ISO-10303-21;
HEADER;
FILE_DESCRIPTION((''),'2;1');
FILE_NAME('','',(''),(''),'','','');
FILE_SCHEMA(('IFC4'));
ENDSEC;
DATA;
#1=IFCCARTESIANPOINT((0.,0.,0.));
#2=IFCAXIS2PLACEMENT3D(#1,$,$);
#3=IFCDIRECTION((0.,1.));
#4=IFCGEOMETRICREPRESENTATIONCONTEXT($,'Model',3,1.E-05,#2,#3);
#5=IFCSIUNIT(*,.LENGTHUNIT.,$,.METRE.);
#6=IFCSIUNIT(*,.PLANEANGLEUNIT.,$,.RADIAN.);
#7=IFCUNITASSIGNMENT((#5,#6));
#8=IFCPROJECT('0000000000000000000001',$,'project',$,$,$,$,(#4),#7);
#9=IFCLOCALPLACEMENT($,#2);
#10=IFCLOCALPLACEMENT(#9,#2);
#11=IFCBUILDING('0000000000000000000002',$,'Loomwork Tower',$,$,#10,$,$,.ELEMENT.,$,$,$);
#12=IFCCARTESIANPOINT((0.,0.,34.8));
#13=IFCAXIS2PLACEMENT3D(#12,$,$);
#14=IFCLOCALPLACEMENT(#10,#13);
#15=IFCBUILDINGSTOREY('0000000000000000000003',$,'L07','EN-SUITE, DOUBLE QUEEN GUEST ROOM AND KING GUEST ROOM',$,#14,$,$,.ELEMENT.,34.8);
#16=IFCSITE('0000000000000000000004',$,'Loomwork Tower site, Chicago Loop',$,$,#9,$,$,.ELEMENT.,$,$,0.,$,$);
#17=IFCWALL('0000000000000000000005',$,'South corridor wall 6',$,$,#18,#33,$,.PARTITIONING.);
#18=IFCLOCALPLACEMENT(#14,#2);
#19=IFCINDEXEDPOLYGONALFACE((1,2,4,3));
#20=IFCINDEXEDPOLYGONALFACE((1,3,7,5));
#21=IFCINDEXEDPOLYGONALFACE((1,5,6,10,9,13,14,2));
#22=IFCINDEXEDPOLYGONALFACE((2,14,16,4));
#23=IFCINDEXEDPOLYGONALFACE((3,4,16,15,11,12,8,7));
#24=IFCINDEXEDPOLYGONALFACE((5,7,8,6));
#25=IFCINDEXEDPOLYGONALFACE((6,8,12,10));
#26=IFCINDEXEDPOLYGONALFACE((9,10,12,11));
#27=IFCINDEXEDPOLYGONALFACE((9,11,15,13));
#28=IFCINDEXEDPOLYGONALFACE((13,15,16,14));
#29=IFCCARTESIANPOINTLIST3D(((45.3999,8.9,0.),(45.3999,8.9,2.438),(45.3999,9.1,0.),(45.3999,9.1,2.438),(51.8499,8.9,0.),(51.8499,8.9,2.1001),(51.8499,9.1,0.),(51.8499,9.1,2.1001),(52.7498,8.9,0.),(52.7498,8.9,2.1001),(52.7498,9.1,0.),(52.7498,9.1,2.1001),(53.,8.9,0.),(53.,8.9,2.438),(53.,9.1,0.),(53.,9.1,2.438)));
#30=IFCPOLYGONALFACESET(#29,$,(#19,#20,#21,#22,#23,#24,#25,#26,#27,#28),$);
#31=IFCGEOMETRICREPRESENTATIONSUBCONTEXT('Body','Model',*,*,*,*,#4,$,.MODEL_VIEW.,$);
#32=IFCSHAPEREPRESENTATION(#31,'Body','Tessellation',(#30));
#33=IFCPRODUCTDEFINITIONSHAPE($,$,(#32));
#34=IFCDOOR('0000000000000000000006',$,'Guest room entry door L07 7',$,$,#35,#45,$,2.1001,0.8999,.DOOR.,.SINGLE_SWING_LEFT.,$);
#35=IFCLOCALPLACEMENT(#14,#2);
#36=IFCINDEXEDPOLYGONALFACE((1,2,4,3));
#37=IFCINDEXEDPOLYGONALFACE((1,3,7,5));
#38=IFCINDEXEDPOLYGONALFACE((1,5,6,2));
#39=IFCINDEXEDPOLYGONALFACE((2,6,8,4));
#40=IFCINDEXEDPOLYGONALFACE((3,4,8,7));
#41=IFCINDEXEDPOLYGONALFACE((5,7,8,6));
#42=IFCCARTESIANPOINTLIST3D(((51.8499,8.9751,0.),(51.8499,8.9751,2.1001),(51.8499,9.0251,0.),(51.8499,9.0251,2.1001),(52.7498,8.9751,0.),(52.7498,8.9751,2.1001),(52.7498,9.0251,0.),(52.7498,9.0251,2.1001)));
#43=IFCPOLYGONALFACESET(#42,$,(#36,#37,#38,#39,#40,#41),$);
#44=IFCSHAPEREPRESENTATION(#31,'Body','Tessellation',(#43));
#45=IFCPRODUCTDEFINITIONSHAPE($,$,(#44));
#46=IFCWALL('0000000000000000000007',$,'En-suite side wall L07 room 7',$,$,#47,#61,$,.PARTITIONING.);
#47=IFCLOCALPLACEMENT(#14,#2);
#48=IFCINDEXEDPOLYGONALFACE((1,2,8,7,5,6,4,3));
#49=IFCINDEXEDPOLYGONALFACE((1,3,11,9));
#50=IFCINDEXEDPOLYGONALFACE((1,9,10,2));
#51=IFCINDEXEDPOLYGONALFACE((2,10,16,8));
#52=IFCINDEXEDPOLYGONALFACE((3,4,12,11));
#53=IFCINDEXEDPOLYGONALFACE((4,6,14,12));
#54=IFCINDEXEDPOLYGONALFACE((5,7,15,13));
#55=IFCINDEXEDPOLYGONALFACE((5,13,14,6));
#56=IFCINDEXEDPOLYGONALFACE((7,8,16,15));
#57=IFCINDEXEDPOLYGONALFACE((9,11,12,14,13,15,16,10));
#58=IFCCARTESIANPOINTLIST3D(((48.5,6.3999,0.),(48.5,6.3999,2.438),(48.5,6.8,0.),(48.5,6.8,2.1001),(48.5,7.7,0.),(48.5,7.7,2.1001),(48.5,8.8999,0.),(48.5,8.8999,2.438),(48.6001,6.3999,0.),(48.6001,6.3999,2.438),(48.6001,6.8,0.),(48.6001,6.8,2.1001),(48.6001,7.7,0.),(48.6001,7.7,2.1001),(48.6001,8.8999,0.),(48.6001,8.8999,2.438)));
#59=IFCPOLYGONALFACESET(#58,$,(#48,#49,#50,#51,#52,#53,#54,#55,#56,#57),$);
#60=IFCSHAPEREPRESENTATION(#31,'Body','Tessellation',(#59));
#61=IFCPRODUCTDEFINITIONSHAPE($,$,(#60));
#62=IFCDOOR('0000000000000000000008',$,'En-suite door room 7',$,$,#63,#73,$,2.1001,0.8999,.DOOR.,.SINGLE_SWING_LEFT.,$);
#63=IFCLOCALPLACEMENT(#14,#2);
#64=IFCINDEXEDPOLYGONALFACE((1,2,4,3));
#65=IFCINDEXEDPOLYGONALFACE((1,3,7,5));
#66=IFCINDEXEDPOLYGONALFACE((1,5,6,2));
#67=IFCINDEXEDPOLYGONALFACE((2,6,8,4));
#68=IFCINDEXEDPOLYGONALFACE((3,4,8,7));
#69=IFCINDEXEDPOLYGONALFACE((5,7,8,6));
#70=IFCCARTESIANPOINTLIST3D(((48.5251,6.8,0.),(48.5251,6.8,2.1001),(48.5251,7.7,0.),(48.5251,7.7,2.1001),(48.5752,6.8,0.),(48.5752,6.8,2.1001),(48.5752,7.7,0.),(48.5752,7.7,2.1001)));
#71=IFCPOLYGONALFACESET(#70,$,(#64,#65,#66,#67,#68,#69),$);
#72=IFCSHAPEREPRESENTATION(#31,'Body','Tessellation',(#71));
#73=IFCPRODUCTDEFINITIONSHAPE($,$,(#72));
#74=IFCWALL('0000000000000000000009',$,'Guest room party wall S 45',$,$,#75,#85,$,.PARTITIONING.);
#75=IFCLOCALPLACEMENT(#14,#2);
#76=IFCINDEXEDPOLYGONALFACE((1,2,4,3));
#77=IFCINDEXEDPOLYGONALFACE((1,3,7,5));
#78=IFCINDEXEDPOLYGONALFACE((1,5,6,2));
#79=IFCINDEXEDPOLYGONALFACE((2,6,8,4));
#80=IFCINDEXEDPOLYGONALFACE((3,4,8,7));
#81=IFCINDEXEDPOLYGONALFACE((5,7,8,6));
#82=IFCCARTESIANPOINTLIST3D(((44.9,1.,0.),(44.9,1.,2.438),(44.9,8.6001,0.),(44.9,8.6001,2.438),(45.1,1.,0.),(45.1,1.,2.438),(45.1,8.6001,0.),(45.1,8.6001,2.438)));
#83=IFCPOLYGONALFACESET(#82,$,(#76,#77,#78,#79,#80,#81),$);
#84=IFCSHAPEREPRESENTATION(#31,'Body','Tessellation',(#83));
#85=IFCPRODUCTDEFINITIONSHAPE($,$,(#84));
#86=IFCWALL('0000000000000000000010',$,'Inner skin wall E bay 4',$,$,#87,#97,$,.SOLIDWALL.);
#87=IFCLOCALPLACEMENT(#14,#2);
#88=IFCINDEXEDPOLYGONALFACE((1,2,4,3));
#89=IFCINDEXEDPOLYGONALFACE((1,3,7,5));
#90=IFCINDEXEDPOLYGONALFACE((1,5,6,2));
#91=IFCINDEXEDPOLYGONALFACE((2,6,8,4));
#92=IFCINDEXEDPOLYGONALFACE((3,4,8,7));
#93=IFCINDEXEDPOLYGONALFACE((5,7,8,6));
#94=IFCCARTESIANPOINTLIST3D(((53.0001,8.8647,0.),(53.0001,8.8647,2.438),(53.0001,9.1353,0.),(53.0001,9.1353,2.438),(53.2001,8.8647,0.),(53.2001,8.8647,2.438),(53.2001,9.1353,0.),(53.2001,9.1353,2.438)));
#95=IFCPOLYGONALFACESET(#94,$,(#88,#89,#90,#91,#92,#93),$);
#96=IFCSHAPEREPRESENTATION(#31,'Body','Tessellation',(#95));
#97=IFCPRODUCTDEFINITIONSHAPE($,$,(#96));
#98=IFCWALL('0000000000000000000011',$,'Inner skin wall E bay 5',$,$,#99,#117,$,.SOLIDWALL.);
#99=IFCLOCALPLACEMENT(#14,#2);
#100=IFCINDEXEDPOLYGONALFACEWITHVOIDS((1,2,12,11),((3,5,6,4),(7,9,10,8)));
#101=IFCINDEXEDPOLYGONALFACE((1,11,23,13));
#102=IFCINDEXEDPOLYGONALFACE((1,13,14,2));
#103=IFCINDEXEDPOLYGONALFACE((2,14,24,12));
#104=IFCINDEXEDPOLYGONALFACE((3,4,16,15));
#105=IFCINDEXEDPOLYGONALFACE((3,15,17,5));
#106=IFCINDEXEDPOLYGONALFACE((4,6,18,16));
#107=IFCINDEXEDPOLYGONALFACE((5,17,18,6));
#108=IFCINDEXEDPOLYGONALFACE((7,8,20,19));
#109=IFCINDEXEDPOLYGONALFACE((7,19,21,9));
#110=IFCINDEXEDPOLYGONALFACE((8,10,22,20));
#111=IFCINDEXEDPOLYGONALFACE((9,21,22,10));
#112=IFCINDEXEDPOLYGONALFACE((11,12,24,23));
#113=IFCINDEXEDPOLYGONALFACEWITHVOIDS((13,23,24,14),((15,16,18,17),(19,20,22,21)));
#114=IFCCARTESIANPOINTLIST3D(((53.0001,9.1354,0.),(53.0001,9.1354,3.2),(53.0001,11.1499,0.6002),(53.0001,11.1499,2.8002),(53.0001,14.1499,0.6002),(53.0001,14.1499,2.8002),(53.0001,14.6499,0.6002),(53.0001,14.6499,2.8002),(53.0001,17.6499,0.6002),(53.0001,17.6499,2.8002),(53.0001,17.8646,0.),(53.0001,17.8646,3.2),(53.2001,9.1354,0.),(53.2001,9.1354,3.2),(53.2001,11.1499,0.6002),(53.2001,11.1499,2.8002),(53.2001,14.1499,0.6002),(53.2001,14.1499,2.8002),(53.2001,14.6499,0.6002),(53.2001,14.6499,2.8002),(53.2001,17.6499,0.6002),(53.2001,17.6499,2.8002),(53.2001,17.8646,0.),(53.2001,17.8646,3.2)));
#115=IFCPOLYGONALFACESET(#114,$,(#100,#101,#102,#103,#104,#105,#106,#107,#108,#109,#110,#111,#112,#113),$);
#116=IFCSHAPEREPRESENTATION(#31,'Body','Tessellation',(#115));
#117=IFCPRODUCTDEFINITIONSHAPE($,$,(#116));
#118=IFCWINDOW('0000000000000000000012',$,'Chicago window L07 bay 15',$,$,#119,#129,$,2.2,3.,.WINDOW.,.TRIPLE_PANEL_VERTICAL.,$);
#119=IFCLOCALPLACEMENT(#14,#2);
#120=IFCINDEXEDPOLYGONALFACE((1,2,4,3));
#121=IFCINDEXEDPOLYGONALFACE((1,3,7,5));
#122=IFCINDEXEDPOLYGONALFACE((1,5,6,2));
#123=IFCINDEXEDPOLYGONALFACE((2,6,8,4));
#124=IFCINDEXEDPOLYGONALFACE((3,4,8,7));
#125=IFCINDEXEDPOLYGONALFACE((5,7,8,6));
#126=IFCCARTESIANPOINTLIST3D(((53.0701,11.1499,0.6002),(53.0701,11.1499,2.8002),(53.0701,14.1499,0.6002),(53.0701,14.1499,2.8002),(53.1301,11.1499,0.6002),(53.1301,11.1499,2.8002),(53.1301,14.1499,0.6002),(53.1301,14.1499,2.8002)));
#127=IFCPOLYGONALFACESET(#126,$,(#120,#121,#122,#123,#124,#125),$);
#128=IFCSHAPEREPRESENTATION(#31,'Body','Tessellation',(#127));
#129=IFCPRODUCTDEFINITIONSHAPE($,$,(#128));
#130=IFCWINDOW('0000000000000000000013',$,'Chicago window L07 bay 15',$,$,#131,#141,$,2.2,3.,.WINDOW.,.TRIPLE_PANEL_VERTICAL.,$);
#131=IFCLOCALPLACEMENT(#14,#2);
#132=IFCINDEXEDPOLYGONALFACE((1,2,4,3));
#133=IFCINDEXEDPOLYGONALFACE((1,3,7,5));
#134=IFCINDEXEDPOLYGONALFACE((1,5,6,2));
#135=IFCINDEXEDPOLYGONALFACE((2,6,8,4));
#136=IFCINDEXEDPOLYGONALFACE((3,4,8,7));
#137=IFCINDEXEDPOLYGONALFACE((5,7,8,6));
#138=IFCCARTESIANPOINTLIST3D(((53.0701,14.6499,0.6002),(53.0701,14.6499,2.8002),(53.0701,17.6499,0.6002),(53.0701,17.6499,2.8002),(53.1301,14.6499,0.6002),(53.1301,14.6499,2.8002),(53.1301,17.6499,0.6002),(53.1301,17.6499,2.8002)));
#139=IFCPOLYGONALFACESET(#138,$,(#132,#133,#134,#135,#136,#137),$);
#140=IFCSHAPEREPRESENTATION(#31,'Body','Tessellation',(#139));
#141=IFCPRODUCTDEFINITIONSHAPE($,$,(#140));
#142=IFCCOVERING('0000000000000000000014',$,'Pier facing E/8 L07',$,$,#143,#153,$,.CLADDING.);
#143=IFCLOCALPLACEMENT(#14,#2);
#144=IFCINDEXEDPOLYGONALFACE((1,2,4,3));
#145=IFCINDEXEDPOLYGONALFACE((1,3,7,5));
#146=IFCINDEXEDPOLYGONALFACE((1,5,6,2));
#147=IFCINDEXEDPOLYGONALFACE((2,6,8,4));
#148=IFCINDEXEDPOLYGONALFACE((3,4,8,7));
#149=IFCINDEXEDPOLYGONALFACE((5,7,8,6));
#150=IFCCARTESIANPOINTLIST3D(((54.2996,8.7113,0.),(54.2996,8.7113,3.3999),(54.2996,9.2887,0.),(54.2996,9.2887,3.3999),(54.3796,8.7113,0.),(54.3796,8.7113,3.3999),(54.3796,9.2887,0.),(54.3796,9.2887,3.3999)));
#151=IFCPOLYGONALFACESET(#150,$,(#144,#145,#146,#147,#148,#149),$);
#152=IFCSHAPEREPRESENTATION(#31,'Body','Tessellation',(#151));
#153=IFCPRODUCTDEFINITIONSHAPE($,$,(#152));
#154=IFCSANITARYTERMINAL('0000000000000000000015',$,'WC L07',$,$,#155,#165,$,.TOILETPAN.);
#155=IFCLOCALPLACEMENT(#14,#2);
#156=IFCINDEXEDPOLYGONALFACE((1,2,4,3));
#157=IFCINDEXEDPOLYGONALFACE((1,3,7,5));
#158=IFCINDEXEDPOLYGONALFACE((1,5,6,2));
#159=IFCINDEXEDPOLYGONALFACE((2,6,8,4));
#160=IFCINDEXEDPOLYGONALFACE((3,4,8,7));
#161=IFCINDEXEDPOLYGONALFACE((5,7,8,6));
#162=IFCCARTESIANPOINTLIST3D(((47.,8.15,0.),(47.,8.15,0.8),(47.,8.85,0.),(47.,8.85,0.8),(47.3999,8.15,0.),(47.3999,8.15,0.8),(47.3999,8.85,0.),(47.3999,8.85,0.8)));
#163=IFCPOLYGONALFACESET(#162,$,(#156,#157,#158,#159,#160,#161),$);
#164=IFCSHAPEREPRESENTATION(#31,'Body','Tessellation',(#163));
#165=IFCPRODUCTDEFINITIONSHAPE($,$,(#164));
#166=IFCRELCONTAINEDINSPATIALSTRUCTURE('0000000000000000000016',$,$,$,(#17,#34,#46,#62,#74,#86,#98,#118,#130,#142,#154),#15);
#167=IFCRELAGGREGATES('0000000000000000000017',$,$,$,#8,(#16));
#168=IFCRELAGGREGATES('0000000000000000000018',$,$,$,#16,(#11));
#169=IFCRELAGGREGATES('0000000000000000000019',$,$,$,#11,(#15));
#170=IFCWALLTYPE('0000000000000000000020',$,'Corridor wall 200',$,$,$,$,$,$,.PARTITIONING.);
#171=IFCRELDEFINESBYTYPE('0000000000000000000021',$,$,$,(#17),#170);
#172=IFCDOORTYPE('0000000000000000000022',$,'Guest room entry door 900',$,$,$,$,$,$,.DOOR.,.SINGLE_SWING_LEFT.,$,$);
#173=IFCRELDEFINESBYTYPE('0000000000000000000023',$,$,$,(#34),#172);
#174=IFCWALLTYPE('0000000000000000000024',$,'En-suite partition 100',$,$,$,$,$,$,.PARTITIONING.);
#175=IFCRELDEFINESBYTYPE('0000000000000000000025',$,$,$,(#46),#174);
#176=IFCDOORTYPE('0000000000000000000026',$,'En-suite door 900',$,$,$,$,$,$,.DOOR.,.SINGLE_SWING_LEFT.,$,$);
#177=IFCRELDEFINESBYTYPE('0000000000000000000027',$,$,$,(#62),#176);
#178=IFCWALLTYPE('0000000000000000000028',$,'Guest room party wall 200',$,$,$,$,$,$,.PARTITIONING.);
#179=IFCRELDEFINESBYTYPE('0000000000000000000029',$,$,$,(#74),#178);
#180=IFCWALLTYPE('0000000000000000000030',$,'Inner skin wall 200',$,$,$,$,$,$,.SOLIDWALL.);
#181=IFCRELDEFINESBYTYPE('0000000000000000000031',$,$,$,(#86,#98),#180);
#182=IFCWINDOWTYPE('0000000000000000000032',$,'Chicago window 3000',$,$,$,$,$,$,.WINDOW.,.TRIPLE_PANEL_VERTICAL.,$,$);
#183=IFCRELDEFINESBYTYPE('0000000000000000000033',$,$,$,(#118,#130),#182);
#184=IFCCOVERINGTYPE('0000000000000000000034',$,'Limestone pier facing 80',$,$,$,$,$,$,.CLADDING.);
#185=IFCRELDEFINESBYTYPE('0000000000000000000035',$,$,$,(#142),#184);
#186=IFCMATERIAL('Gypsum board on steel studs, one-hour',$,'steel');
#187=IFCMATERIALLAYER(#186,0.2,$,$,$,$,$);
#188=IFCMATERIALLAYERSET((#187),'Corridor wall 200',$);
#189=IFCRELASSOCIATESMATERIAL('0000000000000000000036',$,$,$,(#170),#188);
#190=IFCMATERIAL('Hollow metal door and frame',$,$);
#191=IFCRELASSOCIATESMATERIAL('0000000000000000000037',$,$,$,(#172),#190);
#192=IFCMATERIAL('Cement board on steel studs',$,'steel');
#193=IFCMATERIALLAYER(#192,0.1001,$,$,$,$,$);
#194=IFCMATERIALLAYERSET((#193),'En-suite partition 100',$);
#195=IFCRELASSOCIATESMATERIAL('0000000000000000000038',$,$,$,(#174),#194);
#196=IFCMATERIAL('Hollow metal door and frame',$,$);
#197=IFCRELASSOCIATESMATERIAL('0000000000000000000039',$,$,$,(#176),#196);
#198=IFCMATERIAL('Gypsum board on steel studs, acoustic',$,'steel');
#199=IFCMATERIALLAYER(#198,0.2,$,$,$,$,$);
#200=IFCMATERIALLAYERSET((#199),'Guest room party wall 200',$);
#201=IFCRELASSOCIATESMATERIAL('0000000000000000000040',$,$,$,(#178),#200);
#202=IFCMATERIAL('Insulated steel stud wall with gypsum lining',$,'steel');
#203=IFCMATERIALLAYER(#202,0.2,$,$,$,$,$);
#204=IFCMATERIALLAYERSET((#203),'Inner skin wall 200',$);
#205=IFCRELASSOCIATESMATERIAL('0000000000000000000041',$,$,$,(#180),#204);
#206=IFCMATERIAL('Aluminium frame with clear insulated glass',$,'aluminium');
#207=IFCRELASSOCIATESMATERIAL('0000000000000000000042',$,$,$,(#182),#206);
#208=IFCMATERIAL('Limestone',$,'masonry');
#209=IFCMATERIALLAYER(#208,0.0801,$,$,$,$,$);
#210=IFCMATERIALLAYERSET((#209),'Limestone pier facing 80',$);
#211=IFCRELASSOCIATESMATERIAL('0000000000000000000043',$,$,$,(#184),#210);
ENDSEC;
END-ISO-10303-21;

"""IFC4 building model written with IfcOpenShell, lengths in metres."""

from ifc_helpers import new_model, si_unit, direction, frame, frame_2d, origin, origin_2d, place, context, subcontext, project, spatial, rectangle, extrude, material, layer, layer_set, type_object, element, fill, save


model = new_model("IFC4")

# Units and contexts
model_context = context("Model", 3, precision=1e-05, world=origin(), true_north=direction((0.0, 1.0)))
body_context = subcontext(model_context, "Body", "Model", "MODEL_VIEW")
ifc_project = project(units=[si_unit("LENGTHUNIT", "METRE"), si_unit("PLANEANGLEUNIT", "RADIAN")], contexts=[model_context])

# Site, building, storey
site_placement = place(None, origin())
site = spatial("IfcSite", under=ifc_project, at=site_placement, Name="Loomwork Tower site, Chicago Loop", CompositionType="ELEMENT", RefElevation=0.0)
building_placement = place(site_placement, origin())
building = spatial("IfcBuilding", under=site, at=building_placement, Name="Loomwork Tower", CompositionType="ELEMENT")
storey_placement = place(building_placement, frame((0.0, 0.0, 34.8)))
storey = spatial("IfcBuildingStorey", under=building, at=storey_placement, Name="L07", Description="EN-SUITE, DOUBLE QUEEN GUEST ROOM AND KING GUEST ROOM", CompositionType="ELEMENT", Elevation=34.8)

# Walls, openings, doors
ifc_material_1 = material(Name="Gypsum board on steel studs, one-hour", Category="steel")
ifc_layer_1 = layer(ifc_material_1, 0.2)
ifc_layer_set_1 = layer_set([ifc_layer_1], Name="Corridor wall 200")
wall_type_1 = type_object("IfcWallType", Name="Corridor wall 200", PredefinedType="PARTITIONING", material=ifc_layer_set_1)
wall_1_placement = place(storey_placement, frame((45.3999, 9.0, 0.0), z_axis=(0.0, 0.0, 1.0), x_axis=(1.0, 0.0, 0.0)))
wall_1 = element("IfcWall", 1, at=wall_1_placement, inside=storey, type_object=wall_type_1, Name="South corridor wall 6", PredefinedType="PARTITIONING", context=body_context, shape_type="SweptSolid", body=[
    extrude(rectangle(XDim=7.6001, YDim=0.2, at=frame_2d((3.8, 0.0))), origin(), (0.0, 0.0, 1.0), 2.438),
])
opening_1_placement = place(wall_1_placement, frame((6.45, 0.0, 0.0)))
opening_1 = element("IfcOpeningElement", 2, at=opening_1_placement, cuts=wall_1, PredefinedType="OPENING", context=body_context, shape_type="SweptSolid", body=[
    extrude(rectangle(XDim=0.8999, YDim=2.1001, at=frame_2d((0.45, 1.05))), frame((0.0, 0.1099, 0.0), z_axis=(0.0, -1.0, 0.0), x_axis=(1.0, 0.0, 0.0)), (0.0, 0.0, 1.0), 0.22),
])
ifc_material_2 = material(Name="Hollow metal door and frame")
door_type_1 = type_object("IfcDoorType", Name="Guest room entry door 900", OperationType="SINGLE_SWING_LEFT", PredefinedType="DOOR", material=ifc_material_2)
door_1_placement = place(opening_1_placement, frame((0.8999, 0.0, 0.0), z_axis=(0.0, 0.0, 1.0), x_axis=(-1.0, 0.0, 0.0)))
door_1 = element("IfcDoor", 3, at=door_1_placement, inside=storey, type_object=door_type_1, Name="Guest room entry door L07 7", OperationType="SINGLE_SWING_LEFT", OverallHeight=2.1001, OverallWidth=0.8999, PredefinedType="DOOR", context=body_context, shape_type="SweptSolid", body=[
    extrude(rectangle(XDim=0.8999, YDim=2.1001, at=frame_2d((0.45, 1.05))), frame((0.0, 0.0249, 0.0), z_axis=(0.0, -1.0, 0.0), x_axis=(1.0, 0.0, 0.0)), (0.0, 0.0, 1.0), 0.05),
])
fill(opening_1, door_1)
ifc_material_3 = material(Name="Cement board on steel studs", Category="steel")
ifc_layer_2 = layer(ifc_material_3, 0.1001)
ifc_layer_set_2 = layer_set([ifc_layer_2], Name="En-suite partition 100")
wall_type_2 = type_object("IfcWallType", Name="En-suite partition 100", PredefinedType="PARTITIONING", material=ifc_layer_set_2)
wall_2_placement = place(storey_placement, frame((48.55, 8.8999, 0.0), z_axis=(0.0, 0.0, 1.0), x_axis=(0.0, -1.0, 0.0)))
wall_2 = element("IfcWall", 4, at=wall_2_placement, inside=storey, type_object=wall_type_2, Name="En-suite side wall L07 room 7", PredefinedType="PARTITIONING", context=body_context, shape_type="SweptSolid", body=[
    extrude(rectangle(XDim=2.5, YDim=0.1001, at=frame_2d((1.25, 0.0))), origin(), (0.0, 0.0, 1.0), 2.438),
])
opening_2_placement = place(wall_2_placement, frame((1.2, 0.0, 0.0)))
opening_2 = element("IfcOpeningElement", 5, at=opening_2_placement, cuts=wall_2, PredefinedType="OPENING", context=body_context, shape_type="SweptSolid", body=[
    extrude(rectangle(XDim=0.8999, YDim=2.1001, at=frame_2d((0.45, 1.05))), frame((0.0, 0.0601, 0.0), z_axis=(0.0, -1.0, 0.0), x_axis=(1.0, 0.0, 0.0)), (0.0, 0.0, 1.0), 0.1201),
])
ifc_material_4 = material(Name="Hollow metal door and frame")
door_type_2 = type_object("IfcDoorType", Name="En-suite door 900", OperationType="SINGLE_SWING_LEFT", PredefinedType="DOOR", material=ifc_material_4)
door_2_placement = place(opening_2_placement, frame((0.8999, 0.0, 0.0), z_axis=(0.0, 0.0, 1.0), x_axis=(-1.0, 0.0, 0.0)))
door_2 = element("IfcDoor", 6, at=door_2_placement, inside=storey, type_object=door_type_2, Name="En-suite door room 7", OperationType="SINGLE_SWING_LEFT", OverallHeight=2.1001, OverallWidth=0.8999, PredefinedType="DOOR", context=body_context, shape_type="SweptSolid", body=[
    extrude(rectangle(XDim=0.8999, YDim=2.1001, at=frame_2d((0.45, 1.05))), frame((0.0, 0.0249, 0.0), z_axis=(0.0, -1.0, 0.0), x_axis=(1.0, 0.0, 0.0)), (0.0, 0.0, 1.0), 0.05),
])
fill(opening_2, door_2)

# Walls
ifc_material_5 = material(Name="Gypsum board on steel studs, acoustic", Category="steel")
ifc_layer_3 = layer(ifc_material_5, 0.2)
ifc_layer_set_3 = layer_set([ifc_layer_3], Name="Guest room party wall 200")
wall_type_3 = type_object("IfcWallType", Name="Guest room party wall 200", PredefinedType="PARTITIONING", material=ifc_layer_set_3)
wall_3_placement = place(storey_placement, frame((45.0, 8.6001, 0.0), z_axis=(0.0, 0.0, 1.0), x_axis=(0.0, -1.0, 0.0)))
element("IfcWall", 7, at=wall_3_placement, inside=storey, type_object=wall_type_3, Name="Guest room party wall S 45", PredefinedType="PARTITIONING", context=body_context, shape_type="SweptSolid", body=[
    extrude(rectangle(XDim=7.6001, YDim=0.2, at=frame_2d((3.8, 0.0))), origin(), (0.0, 0.0, 1.0), 2.438),
])
ifc_material_6 = material(Name="Insulated steel stud wall with gypsum lining", Category="steel")
ifc_layer_4 = layer(ifc_material_6, 0.2)
ifc_layer_set_4 = layer_set([ifc_layer_4], Name="Inner skin wall 200")
wall_type_4 = type_object("IfcWallType", Name="Inner skin wall 200", PredefinedType="SOLIDWALL", material=ifc_layer_set_4)
wall_4_placement = place(storey_placement, frame((53.1001, 8.8647, 0.0), z_axis=(0.0, 0.0, 1.0), x_axis=(0.0, 1.0, 0.0)))
element("IfcWall", 8, at=wall_4_placement, inside=storey, type_object=wall_type_4, Name="Inner skin wall E bay 4", PredefinedType="SOLIDWALL", context=body_context, shape_type="SweptSolid", body=[
    extrude(rectangle(XDim=0.2705, YDim=0.2, at=frame_2d((0.1353, 0.0))), origin(), (0.0, 0.0, 1.0), 2.438),
])

# Wall, openings, windows
wall_5_placement = place(storey_placement, frame((53.1001, 9.1353, 0.0), z_axis=(0.0, 0.0, 1.0), x_axis=(0.0, 1.0, 0.0)))
wall_5 = element("IfcWall", 9, at=wall_5_placement, inside=storey, type_object=wall_type_4, Name="Inner skin wall E bay 5", PredefinedType="SOLIDWALL", context=body_context, shape_type="SweptSolid", body=[
    extrude(rectangle(XDim=8.7292, YDim=0.2, at=frame_2d((4.3647, 0.0))), origin(), (0.0, 0.0, 1.0), 3.2),
])
opening_3_placement = place(wall_5_placement, frame((2.0146, 0.0, 0.6001)))
opening_3 = element("IfcOpeningElement", 10, at=opening_3_placement, cuts=wall_5, PredefinedType="OPENING", context=body_context, shape_type="SweptSolid", body=[
    extrude(rectangle(XDim=3.0, YDim=2.2, at=frame_2d((1.5, 1.1001))), frame((0.0, 0.1099, 0.0), z_axis=(0.0, -1.0, 0.0), x_axis=(1.0, 0.0, 0.0)), (0.0, 0.0, 1.0), 0.22),
])
opening_4_placement = place(wall_5_placement, frame((5.5146, 0.0, 0.6001)))
opening_4 = element("IfcOpeningElement", 11, at=opening_4_placement, cuts=wall_5, PredefinedType="OPENING", context=body_context, shape_type="SweptSolid", body=[
    extrude(rectangle(XDim=3.0, YDim=2.2, at=frame_2d((1.5, 1.1001))), frame((0.0, 0.1099, 0.0), z_axis=(0.0, -1.0, 0.0), x_axis=(1.0, 0.0, 0.0)), (0.0, 0.0, 1.0), 0.22),
])
ifc_material_7 = material(Name="Aluminium frame with clear insulated glass", Category="aluminium")
window_type = type_object("IfcWindowType", Name="Chicago window 3000", PartitioningType="TRIPLE_PANEL_VERTICAL", PredefinedType="WINDOW", material=ifc_material_7)
window_1_placement = place(opening_3_placement, origin())
window_1 = element("IfcWindow", 12, at=window_1_placement, inside=storey, type_object=window_type, Name="Chicago window L07 bay 15", OverallHeight=2.2, OverallWidth=3.0, PartitioningType="TRIPLE_PANEL_VERTICAL", PredefinedType="WINDOW", context=body_context, shape_type="SweptSolid", body=[
    extrude(rectangle(XDim=3.0, YDim=2.2, at=frame_2d((1.5, 1.1001))), frame((0.0, 0.03, 0.0), z_axis=(0.0, -1.0, 0.0), x_axis=(1.0, 0.0, 0.0)), (0.0, 0.0, 1.0), 0.0601),
])
fill(opening_3, window_1)
window_2_placement = place(opening_4_placement, origin())
window_2 = element("IfcWindow", 13, at=window_2_placement, inside=storey, type_object=window_type, Name="Chicago window L07 bay 15", OverallHeight=2.2, OverallWidth=3.0, PartitioningType="TRIPLE_PANEL_VERTICAL", PredefinedType="WINDOW", context=body_context, shape_type="SweptSolid", body=[
    extrude(rectangle(XDim=3.0, YDim=2.2, at=frame_2d((1.5, 1.1001))), frame((0.0, 0.03, 0.0), z_axis=(0.0, -1.0, 0.0), x_axis=(1.0, 0.0, 0.0)), (0.0, 0.0, 1.0), 0.0601),
])
fill(opening_4, window_2)

# Covering
ifc_material_8 = material(Name="Limestone", Category="masonry")
ifc_layer_5 = layer(ifc_material_8, 0.0801)
ifc_layer_set_5 = layer_set([ifc_layer_5], Name="Limestone pier facing 80")
covering_type = type_object("IfcCoveringType", Name="Limestone pier facing 80", PredefinedType="CLADDING", material=ifc_layer_set_5)
covering_placement = place(storey_placement, frame((54.3396, 9.0, 0.0), z_axis=(0.0, 0.0, 1.0), x_axis=(1.0, 0.0, 0.0)))
element("IfcCovering", 14, at=covering_placement, inside=storey, type_object=covering_type, Name="Pier facing E/8 L07", PredefinedType="CLADDING", context=body_context, shape_type="SweptSolid", body=[
    extrude(rectangle(XDim=0.0801, YDim=0.5774, at=origin_2d()), origin(), (0.0, 0.0, 1.0), 3.3999),
])

# Sanitary terminal
sanitary_terminal_1_placement = place(storey_placement, frame((47.2, 8.5, 0.0), z_axis=(0.0, 0.0, 1.0), x_axis=(1.0, 0.0, 0.0)))
element("IfcSanitaryTerminal", 15, at=sanitary_terminal_1_placement, inside=storey, Name="WC L07", PredefinedType="TOILETPAN", context=body_context, shape_type="SweptSolid", body=[
    extrude(rectangle(XDim=0.3999, YDim=0.7, at=origin_2d()), origin(), (0.0, 0.0, 1.0), 0.8),
])

save(model, "model.ifc")
